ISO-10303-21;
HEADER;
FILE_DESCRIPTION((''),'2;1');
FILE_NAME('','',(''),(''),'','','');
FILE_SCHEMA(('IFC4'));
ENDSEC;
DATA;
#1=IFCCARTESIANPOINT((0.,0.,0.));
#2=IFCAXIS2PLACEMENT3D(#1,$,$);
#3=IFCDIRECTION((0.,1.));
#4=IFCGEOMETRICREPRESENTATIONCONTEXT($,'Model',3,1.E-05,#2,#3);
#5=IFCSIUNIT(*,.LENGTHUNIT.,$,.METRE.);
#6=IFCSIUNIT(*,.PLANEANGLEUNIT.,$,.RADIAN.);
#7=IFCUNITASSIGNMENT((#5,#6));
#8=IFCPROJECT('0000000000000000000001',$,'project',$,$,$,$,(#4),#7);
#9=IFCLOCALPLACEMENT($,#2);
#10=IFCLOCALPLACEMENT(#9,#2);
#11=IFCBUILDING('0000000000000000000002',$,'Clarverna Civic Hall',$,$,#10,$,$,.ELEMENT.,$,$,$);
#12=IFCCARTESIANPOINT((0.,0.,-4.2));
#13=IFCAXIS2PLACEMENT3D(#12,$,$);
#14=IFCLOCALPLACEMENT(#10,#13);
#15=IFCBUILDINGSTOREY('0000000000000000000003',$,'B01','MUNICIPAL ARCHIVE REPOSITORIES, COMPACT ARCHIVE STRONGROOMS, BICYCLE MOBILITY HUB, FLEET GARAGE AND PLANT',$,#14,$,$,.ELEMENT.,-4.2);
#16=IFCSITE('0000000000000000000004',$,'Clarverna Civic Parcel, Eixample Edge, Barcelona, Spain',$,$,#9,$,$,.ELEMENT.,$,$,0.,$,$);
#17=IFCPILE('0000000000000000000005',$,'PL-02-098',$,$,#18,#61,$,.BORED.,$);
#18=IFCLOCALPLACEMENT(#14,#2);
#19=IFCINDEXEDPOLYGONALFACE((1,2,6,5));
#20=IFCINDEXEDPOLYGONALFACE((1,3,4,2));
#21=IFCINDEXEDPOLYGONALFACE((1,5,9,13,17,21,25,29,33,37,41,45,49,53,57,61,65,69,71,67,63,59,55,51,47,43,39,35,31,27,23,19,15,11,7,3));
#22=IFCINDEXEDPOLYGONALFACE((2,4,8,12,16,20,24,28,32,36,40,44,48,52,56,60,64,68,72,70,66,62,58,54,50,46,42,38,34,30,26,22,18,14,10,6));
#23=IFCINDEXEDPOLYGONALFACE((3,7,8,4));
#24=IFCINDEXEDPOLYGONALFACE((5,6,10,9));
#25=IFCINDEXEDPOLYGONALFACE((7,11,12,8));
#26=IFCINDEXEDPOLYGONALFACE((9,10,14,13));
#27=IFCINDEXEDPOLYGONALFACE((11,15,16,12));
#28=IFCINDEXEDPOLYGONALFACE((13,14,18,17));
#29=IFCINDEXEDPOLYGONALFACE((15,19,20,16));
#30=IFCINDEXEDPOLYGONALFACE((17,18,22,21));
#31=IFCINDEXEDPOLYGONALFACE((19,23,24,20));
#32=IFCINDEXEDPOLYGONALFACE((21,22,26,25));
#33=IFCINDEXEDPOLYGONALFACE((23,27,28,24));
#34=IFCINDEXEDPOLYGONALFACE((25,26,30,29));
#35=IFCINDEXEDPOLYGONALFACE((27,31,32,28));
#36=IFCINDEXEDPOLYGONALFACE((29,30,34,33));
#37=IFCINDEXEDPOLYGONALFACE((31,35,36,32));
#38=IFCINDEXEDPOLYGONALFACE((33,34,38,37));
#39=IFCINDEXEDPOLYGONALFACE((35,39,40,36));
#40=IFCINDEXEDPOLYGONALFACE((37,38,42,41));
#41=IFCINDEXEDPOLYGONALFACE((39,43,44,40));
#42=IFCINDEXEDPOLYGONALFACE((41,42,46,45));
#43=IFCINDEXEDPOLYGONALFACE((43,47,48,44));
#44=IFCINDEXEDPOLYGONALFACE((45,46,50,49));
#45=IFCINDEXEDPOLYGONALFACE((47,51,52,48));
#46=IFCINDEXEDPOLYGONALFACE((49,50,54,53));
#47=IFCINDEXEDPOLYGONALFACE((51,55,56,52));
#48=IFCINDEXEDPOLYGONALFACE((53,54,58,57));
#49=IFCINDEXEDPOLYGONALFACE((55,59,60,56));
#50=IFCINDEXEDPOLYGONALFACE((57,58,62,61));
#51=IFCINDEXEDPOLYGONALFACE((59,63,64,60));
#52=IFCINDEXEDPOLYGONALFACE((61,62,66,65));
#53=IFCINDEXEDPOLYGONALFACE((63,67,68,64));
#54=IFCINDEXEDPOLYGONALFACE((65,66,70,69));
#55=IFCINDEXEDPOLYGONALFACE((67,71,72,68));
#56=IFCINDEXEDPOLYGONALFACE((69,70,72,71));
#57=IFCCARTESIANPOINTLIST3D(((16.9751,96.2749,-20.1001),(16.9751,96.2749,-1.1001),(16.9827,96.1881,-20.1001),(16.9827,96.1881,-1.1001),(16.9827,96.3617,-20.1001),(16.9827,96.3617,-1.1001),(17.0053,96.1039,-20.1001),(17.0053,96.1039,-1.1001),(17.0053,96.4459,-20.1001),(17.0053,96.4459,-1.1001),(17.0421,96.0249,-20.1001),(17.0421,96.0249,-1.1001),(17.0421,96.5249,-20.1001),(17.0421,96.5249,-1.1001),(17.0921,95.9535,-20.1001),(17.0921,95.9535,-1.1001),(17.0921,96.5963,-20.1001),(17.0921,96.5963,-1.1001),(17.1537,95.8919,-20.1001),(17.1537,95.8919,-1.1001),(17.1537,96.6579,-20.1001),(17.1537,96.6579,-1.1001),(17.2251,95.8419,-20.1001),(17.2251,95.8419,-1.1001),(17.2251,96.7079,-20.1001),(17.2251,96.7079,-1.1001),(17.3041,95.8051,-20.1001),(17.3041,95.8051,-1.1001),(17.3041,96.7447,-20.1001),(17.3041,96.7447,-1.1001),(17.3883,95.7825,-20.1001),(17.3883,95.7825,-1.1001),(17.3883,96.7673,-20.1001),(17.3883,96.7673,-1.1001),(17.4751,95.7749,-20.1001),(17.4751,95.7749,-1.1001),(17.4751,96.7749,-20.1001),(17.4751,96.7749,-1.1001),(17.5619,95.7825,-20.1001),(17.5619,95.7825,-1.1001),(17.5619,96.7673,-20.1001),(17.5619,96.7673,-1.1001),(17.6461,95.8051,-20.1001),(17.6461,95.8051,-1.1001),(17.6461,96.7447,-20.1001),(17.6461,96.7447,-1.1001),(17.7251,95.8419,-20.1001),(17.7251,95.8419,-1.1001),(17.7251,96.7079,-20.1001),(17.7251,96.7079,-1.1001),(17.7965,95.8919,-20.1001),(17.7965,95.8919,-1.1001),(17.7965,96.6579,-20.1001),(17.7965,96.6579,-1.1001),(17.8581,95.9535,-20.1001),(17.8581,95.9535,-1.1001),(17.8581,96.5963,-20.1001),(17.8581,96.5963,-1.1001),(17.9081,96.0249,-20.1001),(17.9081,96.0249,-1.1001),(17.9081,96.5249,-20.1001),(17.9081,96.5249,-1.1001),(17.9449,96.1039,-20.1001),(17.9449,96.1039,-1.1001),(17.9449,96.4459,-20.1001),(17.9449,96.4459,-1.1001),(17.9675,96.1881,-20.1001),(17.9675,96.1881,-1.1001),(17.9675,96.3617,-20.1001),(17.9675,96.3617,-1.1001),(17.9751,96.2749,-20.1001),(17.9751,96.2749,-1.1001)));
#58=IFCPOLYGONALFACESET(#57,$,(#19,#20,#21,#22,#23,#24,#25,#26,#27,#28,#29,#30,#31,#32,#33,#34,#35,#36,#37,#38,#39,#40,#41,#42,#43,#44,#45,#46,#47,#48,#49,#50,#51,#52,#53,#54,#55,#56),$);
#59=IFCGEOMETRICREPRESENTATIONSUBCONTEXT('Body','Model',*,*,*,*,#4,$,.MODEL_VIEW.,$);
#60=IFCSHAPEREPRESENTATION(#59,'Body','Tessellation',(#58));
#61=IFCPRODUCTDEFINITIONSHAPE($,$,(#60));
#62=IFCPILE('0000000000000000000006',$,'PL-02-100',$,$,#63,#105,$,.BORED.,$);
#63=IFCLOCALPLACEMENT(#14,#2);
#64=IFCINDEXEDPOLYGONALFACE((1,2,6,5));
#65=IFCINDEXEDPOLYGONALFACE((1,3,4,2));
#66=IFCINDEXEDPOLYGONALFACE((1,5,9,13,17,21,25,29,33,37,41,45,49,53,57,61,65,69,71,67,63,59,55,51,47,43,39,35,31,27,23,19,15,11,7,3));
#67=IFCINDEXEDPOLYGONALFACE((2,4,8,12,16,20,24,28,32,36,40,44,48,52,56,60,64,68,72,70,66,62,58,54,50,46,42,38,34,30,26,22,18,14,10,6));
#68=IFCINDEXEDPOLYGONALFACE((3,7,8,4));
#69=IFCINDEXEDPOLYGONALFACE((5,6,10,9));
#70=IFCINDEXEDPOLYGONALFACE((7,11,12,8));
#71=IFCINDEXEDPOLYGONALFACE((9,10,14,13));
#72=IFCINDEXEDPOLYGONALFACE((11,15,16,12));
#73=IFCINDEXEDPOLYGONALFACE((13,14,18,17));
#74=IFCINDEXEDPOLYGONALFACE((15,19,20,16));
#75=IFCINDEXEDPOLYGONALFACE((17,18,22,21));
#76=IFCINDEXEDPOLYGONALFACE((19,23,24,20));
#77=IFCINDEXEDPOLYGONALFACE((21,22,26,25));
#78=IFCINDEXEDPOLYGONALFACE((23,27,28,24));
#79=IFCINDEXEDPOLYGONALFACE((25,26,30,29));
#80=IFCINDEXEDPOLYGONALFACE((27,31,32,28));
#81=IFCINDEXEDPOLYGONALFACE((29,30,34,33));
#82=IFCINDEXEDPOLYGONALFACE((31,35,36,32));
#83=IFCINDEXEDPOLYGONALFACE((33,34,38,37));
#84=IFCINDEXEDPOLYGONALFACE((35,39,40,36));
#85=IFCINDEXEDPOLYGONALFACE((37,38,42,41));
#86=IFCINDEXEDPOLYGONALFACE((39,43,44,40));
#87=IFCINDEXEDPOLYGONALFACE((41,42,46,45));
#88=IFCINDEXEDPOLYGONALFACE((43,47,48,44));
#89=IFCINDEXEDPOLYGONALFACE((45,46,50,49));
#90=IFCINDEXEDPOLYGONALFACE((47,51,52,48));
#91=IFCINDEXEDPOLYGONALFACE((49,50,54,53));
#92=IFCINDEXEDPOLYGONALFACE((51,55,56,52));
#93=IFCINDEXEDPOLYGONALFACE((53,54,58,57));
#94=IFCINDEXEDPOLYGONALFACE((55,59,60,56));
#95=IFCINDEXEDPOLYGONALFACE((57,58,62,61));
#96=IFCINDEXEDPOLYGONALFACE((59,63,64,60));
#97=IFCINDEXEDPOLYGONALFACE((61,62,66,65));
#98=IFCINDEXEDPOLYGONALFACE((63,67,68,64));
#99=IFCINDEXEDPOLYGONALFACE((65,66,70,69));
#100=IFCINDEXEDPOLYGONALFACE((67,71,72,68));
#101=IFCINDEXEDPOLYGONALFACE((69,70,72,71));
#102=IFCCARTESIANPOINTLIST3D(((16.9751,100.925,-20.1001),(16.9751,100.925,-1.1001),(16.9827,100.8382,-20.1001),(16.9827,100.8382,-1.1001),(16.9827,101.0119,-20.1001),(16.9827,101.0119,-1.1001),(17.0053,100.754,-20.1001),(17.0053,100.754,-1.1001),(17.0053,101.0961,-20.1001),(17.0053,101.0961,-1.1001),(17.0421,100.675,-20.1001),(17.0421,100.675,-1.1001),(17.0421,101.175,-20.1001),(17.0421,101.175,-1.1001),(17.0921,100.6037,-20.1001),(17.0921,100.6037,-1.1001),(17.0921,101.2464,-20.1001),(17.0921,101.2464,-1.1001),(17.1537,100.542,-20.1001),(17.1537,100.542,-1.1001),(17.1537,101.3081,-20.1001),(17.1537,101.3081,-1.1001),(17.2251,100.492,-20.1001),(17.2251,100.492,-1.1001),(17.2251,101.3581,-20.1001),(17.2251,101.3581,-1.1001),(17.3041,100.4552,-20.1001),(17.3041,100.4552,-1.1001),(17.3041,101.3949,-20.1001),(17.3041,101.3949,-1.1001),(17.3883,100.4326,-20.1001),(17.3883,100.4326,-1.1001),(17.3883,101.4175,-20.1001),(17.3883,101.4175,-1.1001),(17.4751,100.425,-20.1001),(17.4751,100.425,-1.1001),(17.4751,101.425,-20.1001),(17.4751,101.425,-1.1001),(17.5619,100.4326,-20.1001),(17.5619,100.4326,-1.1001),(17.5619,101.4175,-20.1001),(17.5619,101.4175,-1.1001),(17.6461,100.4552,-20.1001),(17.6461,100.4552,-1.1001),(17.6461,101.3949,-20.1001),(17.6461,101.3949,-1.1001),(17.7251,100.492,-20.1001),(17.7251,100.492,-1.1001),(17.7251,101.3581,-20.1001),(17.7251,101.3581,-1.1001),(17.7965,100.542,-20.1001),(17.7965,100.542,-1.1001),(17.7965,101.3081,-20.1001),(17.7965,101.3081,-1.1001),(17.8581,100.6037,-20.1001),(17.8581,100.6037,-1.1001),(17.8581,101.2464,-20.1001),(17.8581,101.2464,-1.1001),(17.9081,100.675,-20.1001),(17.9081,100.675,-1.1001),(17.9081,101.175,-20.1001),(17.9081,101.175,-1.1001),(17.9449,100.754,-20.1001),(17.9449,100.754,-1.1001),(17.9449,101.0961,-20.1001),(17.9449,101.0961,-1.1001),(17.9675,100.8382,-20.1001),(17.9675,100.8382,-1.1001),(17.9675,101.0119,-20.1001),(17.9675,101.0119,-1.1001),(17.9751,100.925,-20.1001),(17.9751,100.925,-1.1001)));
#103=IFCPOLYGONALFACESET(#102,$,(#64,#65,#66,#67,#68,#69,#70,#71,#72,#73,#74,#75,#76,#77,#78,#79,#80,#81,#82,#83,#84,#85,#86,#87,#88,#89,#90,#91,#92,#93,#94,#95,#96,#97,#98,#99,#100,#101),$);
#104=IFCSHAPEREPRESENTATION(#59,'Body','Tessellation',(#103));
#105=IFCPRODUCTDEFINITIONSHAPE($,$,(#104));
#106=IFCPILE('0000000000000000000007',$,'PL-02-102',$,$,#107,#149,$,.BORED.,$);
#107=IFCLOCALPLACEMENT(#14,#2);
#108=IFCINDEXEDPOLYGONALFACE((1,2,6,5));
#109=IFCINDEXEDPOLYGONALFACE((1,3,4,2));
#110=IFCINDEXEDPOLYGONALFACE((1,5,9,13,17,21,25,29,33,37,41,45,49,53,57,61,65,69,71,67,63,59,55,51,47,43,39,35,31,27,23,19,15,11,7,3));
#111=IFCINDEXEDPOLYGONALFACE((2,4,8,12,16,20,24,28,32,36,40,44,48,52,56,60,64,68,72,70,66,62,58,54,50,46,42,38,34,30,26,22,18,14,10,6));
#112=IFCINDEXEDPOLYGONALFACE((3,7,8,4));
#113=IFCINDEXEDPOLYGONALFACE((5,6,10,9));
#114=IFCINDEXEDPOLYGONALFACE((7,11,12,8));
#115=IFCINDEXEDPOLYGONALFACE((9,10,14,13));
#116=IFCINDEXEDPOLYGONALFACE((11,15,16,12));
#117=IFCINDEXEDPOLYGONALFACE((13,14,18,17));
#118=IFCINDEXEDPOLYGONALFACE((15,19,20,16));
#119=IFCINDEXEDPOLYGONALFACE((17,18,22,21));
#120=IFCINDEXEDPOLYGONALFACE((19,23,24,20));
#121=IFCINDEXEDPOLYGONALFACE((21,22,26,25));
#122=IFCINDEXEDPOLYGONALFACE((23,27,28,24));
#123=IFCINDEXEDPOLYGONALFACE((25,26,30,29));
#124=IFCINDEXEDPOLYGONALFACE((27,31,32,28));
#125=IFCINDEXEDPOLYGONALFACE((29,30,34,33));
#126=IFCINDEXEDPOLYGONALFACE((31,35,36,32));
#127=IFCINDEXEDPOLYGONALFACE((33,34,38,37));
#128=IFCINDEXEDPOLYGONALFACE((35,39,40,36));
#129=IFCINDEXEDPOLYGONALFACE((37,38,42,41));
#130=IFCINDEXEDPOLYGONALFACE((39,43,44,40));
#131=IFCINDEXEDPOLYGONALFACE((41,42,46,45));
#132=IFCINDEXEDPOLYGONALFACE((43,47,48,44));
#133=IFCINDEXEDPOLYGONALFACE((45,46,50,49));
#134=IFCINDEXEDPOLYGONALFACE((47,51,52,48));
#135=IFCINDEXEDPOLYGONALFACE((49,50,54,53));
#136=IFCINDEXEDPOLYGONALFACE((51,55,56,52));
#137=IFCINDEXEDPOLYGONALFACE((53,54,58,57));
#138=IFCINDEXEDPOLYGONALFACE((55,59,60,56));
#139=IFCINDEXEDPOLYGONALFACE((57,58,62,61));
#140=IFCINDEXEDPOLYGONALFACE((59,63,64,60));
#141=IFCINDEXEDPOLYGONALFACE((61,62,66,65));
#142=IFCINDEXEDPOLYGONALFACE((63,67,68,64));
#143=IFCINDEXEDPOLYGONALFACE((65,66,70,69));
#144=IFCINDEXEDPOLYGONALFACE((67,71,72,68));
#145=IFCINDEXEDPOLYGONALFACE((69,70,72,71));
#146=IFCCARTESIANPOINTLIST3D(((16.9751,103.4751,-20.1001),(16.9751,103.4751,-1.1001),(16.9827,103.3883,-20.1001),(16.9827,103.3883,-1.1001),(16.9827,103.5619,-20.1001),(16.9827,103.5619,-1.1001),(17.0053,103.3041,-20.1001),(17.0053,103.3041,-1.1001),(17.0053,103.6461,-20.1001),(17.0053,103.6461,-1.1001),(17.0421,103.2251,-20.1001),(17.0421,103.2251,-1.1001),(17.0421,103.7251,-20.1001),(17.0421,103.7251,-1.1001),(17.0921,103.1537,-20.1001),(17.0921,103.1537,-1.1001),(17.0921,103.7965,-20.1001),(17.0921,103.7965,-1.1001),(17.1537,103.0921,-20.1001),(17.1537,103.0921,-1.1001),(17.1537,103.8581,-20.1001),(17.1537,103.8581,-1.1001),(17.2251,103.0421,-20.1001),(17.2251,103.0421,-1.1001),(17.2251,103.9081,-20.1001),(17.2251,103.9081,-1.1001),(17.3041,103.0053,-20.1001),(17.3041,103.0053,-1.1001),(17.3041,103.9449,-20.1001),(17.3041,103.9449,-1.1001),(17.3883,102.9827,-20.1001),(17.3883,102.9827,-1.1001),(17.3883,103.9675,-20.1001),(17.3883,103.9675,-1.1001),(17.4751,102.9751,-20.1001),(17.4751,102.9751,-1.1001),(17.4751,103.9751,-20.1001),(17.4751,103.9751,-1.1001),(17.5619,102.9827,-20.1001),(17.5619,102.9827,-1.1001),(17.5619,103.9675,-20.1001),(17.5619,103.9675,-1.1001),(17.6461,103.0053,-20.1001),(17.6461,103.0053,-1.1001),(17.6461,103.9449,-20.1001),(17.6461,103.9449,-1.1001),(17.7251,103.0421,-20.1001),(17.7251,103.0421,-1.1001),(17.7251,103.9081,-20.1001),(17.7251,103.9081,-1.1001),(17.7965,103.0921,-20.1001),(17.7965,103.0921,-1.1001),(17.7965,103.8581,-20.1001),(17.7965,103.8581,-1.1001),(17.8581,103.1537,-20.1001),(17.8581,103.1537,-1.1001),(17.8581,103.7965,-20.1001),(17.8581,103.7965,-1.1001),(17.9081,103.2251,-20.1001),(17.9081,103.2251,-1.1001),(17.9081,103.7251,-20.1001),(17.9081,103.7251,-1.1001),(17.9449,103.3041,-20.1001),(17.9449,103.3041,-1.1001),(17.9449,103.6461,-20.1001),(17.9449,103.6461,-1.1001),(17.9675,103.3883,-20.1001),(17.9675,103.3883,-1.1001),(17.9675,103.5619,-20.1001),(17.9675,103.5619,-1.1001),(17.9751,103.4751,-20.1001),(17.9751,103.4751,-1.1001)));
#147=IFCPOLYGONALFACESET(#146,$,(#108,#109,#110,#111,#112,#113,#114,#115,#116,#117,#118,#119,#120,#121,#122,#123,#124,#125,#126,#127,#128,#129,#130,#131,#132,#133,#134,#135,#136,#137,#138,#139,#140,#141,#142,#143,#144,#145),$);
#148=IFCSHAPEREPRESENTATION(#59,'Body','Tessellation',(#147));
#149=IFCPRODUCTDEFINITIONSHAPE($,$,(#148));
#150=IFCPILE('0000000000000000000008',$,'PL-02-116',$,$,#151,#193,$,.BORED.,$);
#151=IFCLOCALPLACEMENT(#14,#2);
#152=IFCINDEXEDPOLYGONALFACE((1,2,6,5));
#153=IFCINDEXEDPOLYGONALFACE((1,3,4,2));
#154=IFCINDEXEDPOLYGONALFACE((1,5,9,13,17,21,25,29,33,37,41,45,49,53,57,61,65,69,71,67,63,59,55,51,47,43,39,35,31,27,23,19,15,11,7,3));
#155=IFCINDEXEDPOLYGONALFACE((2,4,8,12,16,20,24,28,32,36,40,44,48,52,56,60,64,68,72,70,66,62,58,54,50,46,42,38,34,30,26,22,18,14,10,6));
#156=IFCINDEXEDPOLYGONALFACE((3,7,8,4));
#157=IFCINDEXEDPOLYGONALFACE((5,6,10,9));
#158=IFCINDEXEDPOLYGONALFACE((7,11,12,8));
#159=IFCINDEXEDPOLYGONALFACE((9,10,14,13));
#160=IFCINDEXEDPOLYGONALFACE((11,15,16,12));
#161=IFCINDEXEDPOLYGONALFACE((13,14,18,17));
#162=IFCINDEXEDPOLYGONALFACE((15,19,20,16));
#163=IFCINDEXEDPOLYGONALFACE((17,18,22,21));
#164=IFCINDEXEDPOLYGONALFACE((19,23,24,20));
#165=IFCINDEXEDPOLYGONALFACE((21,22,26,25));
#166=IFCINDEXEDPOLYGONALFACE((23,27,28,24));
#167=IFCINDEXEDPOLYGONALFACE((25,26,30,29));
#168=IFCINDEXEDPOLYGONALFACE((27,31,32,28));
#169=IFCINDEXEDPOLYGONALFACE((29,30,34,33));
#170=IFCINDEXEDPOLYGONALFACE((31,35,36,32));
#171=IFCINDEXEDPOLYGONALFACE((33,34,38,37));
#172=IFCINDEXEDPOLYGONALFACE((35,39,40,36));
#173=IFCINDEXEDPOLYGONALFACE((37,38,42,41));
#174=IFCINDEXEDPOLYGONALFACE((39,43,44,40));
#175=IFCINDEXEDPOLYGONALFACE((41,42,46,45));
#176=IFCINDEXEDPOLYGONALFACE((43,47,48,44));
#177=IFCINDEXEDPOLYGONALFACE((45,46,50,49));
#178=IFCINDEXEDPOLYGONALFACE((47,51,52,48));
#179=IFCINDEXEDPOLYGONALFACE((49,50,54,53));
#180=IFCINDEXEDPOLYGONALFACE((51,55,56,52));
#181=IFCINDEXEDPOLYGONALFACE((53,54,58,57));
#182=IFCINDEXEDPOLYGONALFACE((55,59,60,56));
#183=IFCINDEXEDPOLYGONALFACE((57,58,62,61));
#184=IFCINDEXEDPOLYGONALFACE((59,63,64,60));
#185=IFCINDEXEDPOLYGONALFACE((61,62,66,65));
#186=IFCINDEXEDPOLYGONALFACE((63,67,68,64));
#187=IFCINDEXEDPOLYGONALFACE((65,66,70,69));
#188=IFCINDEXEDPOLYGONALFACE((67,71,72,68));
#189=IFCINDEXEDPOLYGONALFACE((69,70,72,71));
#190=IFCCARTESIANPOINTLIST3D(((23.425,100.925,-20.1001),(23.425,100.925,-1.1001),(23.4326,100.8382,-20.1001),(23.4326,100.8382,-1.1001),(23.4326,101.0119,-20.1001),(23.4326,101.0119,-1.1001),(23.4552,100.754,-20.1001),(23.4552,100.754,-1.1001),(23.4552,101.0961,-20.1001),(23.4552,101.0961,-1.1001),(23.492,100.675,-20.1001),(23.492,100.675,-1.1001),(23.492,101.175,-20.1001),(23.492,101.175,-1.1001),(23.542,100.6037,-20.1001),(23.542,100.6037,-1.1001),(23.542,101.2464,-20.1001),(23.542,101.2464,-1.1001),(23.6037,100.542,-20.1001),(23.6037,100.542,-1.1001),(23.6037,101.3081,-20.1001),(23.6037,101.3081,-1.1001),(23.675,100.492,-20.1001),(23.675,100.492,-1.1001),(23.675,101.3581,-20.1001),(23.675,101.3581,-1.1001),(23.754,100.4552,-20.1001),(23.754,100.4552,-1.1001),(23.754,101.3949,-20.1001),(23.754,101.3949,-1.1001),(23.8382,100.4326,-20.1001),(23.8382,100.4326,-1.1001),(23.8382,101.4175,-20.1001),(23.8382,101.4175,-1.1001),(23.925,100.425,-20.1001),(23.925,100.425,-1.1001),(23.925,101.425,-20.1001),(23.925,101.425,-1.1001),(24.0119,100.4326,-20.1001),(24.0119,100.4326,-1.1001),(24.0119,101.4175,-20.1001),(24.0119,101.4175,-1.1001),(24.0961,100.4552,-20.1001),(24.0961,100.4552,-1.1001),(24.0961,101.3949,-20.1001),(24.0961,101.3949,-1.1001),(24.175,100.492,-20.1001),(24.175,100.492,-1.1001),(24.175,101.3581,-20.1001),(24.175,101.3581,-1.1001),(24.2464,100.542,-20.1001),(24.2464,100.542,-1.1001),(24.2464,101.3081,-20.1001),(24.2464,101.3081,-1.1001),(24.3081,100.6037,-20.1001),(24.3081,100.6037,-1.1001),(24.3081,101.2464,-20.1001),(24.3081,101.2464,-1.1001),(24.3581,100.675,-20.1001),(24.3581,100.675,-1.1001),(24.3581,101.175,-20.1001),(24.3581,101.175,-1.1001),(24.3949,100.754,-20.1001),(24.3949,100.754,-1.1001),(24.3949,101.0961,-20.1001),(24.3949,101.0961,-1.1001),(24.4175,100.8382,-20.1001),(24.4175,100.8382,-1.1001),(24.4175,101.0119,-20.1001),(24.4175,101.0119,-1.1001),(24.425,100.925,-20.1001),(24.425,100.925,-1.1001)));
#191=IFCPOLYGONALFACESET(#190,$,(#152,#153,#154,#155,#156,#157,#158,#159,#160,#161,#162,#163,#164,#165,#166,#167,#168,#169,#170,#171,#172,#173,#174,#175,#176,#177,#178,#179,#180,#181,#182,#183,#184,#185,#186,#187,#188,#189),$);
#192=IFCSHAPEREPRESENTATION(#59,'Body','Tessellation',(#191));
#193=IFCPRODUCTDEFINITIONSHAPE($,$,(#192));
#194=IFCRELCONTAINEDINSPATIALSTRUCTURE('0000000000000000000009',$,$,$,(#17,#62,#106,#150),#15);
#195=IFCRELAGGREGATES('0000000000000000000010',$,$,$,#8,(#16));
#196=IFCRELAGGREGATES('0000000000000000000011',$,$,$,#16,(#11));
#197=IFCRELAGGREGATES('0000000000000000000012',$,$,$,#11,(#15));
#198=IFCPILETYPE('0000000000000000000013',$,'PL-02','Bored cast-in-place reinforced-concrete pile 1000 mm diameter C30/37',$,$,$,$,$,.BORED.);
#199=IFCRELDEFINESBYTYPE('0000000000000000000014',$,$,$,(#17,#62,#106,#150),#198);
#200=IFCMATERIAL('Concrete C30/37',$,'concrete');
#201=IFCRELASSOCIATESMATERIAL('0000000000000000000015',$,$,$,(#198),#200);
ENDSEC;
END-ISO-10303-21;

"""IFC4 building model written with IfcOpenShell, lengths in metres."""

from ifc_helpers import new_model, si_unit, direction, frame, origin, origin_2d, place, context, subcontext, project, spatial, circle, extrude, material, material_profile, profile_set, type_object, element, save


model = new_model("IFC4")

# Units and contexts
model_context = context("Model", 3, precision=1e-05, world=origin(), true_north=direction((0.0, 1.0)))
body_context = subcontext(model_context, "Body", "Model", "MODEL_VIEW")
ifc_project = project(units=[si_unit("LENGTHUNIT", "METRE"), si_unit("PLANEANGLEUNIT", "RADIAN")], contexts=[model_context])

# Site, building, storey
site_placement = place(None, origin())
site = spatial("IfcSite", under=ifc_project, at=site_placement, Name="Clarverna Civic Parcel, Eixample Edge, Barcelona, Spain", CompositionType="ELEMENT", RefElevation=0.0)
building_placement = place(site_placement, origin())
building = spatial("IfcBuilding", under=site, at=building_placement, Name="Clarverna Civic Hall", CompositionType="ELEMENT")
storey_placement = place(building_placement, frame((0.0, 0.0, -4.2)))
storey = spatial("IfcBuildingStorey", under=building, at=storey_placement, Name="B01", Description="MUNICIPAL ARCHIVE REPOSITORIES, COMPACT ARCHIVE STRONGROOMS, BICYCLE MOBILITY HUB, FLEET GARAGE AND PLANT", CompositionType="ELEMENT", Elevation=-4.2)

# Shared definitions
ifc_material_1 = material(Name="Concrete C30/37", Category="concrete")

# Piles
ifc_material_profile_1 = material_profile(ifc_material_1, circle(Radius=0.5, at=origin_2d()), Name="BORED PILE D1000")
ifc_profile_set_1 = profile_set([ifc_material_profile_1], Name="Concrete C30/37")
pile_type_1 = type_object("IfcPileType", Name="PL-02", Description="Bored cast-in-place reinforced-concrete pile 1000 mm diameter C30/37", PredefinedType="BORED", material=ifc_profile_set_1)
for number, where, z_axis, x_axis, name in (
    (1, (17.4751, 96.2749, -1.1001), (0.0, 0.0, -1.0), (1.0, 0.0, 0.0), "PL-02-098"),
    (2, (17.4751, 100.925, -1.1001), (0.0, 0.0, -1.0), (1.0, 0.0, 0.0), "PL-02-100"),
    (3, (17.4751, 103.4751, -1.1001), (0.0, 0.0, -1.0), (1.0, 0.0, 0.0), "PL-02-102"),
    (4, (23.925, 100.925, -1.1001), (0.0, 0.0, -1.0), (1.0, 0.0, 0.0), "PL-02-116"),
):
    element("IfcPile", number, at=place(storey_placement, frame(where, z_axis=z_axis, x_axis=x_axis)), inside=storey, type_object=pile_type_1, Name=name, PredefinedType="BORED", context=body_context, shape_type="SweptSolid", body=[
        extrude(circle(Radius=0.5, at=origin_2d()), origin(), (0.0, 0.0, 1.0), 19.0),
    ])

save(model, "model.ifc")
